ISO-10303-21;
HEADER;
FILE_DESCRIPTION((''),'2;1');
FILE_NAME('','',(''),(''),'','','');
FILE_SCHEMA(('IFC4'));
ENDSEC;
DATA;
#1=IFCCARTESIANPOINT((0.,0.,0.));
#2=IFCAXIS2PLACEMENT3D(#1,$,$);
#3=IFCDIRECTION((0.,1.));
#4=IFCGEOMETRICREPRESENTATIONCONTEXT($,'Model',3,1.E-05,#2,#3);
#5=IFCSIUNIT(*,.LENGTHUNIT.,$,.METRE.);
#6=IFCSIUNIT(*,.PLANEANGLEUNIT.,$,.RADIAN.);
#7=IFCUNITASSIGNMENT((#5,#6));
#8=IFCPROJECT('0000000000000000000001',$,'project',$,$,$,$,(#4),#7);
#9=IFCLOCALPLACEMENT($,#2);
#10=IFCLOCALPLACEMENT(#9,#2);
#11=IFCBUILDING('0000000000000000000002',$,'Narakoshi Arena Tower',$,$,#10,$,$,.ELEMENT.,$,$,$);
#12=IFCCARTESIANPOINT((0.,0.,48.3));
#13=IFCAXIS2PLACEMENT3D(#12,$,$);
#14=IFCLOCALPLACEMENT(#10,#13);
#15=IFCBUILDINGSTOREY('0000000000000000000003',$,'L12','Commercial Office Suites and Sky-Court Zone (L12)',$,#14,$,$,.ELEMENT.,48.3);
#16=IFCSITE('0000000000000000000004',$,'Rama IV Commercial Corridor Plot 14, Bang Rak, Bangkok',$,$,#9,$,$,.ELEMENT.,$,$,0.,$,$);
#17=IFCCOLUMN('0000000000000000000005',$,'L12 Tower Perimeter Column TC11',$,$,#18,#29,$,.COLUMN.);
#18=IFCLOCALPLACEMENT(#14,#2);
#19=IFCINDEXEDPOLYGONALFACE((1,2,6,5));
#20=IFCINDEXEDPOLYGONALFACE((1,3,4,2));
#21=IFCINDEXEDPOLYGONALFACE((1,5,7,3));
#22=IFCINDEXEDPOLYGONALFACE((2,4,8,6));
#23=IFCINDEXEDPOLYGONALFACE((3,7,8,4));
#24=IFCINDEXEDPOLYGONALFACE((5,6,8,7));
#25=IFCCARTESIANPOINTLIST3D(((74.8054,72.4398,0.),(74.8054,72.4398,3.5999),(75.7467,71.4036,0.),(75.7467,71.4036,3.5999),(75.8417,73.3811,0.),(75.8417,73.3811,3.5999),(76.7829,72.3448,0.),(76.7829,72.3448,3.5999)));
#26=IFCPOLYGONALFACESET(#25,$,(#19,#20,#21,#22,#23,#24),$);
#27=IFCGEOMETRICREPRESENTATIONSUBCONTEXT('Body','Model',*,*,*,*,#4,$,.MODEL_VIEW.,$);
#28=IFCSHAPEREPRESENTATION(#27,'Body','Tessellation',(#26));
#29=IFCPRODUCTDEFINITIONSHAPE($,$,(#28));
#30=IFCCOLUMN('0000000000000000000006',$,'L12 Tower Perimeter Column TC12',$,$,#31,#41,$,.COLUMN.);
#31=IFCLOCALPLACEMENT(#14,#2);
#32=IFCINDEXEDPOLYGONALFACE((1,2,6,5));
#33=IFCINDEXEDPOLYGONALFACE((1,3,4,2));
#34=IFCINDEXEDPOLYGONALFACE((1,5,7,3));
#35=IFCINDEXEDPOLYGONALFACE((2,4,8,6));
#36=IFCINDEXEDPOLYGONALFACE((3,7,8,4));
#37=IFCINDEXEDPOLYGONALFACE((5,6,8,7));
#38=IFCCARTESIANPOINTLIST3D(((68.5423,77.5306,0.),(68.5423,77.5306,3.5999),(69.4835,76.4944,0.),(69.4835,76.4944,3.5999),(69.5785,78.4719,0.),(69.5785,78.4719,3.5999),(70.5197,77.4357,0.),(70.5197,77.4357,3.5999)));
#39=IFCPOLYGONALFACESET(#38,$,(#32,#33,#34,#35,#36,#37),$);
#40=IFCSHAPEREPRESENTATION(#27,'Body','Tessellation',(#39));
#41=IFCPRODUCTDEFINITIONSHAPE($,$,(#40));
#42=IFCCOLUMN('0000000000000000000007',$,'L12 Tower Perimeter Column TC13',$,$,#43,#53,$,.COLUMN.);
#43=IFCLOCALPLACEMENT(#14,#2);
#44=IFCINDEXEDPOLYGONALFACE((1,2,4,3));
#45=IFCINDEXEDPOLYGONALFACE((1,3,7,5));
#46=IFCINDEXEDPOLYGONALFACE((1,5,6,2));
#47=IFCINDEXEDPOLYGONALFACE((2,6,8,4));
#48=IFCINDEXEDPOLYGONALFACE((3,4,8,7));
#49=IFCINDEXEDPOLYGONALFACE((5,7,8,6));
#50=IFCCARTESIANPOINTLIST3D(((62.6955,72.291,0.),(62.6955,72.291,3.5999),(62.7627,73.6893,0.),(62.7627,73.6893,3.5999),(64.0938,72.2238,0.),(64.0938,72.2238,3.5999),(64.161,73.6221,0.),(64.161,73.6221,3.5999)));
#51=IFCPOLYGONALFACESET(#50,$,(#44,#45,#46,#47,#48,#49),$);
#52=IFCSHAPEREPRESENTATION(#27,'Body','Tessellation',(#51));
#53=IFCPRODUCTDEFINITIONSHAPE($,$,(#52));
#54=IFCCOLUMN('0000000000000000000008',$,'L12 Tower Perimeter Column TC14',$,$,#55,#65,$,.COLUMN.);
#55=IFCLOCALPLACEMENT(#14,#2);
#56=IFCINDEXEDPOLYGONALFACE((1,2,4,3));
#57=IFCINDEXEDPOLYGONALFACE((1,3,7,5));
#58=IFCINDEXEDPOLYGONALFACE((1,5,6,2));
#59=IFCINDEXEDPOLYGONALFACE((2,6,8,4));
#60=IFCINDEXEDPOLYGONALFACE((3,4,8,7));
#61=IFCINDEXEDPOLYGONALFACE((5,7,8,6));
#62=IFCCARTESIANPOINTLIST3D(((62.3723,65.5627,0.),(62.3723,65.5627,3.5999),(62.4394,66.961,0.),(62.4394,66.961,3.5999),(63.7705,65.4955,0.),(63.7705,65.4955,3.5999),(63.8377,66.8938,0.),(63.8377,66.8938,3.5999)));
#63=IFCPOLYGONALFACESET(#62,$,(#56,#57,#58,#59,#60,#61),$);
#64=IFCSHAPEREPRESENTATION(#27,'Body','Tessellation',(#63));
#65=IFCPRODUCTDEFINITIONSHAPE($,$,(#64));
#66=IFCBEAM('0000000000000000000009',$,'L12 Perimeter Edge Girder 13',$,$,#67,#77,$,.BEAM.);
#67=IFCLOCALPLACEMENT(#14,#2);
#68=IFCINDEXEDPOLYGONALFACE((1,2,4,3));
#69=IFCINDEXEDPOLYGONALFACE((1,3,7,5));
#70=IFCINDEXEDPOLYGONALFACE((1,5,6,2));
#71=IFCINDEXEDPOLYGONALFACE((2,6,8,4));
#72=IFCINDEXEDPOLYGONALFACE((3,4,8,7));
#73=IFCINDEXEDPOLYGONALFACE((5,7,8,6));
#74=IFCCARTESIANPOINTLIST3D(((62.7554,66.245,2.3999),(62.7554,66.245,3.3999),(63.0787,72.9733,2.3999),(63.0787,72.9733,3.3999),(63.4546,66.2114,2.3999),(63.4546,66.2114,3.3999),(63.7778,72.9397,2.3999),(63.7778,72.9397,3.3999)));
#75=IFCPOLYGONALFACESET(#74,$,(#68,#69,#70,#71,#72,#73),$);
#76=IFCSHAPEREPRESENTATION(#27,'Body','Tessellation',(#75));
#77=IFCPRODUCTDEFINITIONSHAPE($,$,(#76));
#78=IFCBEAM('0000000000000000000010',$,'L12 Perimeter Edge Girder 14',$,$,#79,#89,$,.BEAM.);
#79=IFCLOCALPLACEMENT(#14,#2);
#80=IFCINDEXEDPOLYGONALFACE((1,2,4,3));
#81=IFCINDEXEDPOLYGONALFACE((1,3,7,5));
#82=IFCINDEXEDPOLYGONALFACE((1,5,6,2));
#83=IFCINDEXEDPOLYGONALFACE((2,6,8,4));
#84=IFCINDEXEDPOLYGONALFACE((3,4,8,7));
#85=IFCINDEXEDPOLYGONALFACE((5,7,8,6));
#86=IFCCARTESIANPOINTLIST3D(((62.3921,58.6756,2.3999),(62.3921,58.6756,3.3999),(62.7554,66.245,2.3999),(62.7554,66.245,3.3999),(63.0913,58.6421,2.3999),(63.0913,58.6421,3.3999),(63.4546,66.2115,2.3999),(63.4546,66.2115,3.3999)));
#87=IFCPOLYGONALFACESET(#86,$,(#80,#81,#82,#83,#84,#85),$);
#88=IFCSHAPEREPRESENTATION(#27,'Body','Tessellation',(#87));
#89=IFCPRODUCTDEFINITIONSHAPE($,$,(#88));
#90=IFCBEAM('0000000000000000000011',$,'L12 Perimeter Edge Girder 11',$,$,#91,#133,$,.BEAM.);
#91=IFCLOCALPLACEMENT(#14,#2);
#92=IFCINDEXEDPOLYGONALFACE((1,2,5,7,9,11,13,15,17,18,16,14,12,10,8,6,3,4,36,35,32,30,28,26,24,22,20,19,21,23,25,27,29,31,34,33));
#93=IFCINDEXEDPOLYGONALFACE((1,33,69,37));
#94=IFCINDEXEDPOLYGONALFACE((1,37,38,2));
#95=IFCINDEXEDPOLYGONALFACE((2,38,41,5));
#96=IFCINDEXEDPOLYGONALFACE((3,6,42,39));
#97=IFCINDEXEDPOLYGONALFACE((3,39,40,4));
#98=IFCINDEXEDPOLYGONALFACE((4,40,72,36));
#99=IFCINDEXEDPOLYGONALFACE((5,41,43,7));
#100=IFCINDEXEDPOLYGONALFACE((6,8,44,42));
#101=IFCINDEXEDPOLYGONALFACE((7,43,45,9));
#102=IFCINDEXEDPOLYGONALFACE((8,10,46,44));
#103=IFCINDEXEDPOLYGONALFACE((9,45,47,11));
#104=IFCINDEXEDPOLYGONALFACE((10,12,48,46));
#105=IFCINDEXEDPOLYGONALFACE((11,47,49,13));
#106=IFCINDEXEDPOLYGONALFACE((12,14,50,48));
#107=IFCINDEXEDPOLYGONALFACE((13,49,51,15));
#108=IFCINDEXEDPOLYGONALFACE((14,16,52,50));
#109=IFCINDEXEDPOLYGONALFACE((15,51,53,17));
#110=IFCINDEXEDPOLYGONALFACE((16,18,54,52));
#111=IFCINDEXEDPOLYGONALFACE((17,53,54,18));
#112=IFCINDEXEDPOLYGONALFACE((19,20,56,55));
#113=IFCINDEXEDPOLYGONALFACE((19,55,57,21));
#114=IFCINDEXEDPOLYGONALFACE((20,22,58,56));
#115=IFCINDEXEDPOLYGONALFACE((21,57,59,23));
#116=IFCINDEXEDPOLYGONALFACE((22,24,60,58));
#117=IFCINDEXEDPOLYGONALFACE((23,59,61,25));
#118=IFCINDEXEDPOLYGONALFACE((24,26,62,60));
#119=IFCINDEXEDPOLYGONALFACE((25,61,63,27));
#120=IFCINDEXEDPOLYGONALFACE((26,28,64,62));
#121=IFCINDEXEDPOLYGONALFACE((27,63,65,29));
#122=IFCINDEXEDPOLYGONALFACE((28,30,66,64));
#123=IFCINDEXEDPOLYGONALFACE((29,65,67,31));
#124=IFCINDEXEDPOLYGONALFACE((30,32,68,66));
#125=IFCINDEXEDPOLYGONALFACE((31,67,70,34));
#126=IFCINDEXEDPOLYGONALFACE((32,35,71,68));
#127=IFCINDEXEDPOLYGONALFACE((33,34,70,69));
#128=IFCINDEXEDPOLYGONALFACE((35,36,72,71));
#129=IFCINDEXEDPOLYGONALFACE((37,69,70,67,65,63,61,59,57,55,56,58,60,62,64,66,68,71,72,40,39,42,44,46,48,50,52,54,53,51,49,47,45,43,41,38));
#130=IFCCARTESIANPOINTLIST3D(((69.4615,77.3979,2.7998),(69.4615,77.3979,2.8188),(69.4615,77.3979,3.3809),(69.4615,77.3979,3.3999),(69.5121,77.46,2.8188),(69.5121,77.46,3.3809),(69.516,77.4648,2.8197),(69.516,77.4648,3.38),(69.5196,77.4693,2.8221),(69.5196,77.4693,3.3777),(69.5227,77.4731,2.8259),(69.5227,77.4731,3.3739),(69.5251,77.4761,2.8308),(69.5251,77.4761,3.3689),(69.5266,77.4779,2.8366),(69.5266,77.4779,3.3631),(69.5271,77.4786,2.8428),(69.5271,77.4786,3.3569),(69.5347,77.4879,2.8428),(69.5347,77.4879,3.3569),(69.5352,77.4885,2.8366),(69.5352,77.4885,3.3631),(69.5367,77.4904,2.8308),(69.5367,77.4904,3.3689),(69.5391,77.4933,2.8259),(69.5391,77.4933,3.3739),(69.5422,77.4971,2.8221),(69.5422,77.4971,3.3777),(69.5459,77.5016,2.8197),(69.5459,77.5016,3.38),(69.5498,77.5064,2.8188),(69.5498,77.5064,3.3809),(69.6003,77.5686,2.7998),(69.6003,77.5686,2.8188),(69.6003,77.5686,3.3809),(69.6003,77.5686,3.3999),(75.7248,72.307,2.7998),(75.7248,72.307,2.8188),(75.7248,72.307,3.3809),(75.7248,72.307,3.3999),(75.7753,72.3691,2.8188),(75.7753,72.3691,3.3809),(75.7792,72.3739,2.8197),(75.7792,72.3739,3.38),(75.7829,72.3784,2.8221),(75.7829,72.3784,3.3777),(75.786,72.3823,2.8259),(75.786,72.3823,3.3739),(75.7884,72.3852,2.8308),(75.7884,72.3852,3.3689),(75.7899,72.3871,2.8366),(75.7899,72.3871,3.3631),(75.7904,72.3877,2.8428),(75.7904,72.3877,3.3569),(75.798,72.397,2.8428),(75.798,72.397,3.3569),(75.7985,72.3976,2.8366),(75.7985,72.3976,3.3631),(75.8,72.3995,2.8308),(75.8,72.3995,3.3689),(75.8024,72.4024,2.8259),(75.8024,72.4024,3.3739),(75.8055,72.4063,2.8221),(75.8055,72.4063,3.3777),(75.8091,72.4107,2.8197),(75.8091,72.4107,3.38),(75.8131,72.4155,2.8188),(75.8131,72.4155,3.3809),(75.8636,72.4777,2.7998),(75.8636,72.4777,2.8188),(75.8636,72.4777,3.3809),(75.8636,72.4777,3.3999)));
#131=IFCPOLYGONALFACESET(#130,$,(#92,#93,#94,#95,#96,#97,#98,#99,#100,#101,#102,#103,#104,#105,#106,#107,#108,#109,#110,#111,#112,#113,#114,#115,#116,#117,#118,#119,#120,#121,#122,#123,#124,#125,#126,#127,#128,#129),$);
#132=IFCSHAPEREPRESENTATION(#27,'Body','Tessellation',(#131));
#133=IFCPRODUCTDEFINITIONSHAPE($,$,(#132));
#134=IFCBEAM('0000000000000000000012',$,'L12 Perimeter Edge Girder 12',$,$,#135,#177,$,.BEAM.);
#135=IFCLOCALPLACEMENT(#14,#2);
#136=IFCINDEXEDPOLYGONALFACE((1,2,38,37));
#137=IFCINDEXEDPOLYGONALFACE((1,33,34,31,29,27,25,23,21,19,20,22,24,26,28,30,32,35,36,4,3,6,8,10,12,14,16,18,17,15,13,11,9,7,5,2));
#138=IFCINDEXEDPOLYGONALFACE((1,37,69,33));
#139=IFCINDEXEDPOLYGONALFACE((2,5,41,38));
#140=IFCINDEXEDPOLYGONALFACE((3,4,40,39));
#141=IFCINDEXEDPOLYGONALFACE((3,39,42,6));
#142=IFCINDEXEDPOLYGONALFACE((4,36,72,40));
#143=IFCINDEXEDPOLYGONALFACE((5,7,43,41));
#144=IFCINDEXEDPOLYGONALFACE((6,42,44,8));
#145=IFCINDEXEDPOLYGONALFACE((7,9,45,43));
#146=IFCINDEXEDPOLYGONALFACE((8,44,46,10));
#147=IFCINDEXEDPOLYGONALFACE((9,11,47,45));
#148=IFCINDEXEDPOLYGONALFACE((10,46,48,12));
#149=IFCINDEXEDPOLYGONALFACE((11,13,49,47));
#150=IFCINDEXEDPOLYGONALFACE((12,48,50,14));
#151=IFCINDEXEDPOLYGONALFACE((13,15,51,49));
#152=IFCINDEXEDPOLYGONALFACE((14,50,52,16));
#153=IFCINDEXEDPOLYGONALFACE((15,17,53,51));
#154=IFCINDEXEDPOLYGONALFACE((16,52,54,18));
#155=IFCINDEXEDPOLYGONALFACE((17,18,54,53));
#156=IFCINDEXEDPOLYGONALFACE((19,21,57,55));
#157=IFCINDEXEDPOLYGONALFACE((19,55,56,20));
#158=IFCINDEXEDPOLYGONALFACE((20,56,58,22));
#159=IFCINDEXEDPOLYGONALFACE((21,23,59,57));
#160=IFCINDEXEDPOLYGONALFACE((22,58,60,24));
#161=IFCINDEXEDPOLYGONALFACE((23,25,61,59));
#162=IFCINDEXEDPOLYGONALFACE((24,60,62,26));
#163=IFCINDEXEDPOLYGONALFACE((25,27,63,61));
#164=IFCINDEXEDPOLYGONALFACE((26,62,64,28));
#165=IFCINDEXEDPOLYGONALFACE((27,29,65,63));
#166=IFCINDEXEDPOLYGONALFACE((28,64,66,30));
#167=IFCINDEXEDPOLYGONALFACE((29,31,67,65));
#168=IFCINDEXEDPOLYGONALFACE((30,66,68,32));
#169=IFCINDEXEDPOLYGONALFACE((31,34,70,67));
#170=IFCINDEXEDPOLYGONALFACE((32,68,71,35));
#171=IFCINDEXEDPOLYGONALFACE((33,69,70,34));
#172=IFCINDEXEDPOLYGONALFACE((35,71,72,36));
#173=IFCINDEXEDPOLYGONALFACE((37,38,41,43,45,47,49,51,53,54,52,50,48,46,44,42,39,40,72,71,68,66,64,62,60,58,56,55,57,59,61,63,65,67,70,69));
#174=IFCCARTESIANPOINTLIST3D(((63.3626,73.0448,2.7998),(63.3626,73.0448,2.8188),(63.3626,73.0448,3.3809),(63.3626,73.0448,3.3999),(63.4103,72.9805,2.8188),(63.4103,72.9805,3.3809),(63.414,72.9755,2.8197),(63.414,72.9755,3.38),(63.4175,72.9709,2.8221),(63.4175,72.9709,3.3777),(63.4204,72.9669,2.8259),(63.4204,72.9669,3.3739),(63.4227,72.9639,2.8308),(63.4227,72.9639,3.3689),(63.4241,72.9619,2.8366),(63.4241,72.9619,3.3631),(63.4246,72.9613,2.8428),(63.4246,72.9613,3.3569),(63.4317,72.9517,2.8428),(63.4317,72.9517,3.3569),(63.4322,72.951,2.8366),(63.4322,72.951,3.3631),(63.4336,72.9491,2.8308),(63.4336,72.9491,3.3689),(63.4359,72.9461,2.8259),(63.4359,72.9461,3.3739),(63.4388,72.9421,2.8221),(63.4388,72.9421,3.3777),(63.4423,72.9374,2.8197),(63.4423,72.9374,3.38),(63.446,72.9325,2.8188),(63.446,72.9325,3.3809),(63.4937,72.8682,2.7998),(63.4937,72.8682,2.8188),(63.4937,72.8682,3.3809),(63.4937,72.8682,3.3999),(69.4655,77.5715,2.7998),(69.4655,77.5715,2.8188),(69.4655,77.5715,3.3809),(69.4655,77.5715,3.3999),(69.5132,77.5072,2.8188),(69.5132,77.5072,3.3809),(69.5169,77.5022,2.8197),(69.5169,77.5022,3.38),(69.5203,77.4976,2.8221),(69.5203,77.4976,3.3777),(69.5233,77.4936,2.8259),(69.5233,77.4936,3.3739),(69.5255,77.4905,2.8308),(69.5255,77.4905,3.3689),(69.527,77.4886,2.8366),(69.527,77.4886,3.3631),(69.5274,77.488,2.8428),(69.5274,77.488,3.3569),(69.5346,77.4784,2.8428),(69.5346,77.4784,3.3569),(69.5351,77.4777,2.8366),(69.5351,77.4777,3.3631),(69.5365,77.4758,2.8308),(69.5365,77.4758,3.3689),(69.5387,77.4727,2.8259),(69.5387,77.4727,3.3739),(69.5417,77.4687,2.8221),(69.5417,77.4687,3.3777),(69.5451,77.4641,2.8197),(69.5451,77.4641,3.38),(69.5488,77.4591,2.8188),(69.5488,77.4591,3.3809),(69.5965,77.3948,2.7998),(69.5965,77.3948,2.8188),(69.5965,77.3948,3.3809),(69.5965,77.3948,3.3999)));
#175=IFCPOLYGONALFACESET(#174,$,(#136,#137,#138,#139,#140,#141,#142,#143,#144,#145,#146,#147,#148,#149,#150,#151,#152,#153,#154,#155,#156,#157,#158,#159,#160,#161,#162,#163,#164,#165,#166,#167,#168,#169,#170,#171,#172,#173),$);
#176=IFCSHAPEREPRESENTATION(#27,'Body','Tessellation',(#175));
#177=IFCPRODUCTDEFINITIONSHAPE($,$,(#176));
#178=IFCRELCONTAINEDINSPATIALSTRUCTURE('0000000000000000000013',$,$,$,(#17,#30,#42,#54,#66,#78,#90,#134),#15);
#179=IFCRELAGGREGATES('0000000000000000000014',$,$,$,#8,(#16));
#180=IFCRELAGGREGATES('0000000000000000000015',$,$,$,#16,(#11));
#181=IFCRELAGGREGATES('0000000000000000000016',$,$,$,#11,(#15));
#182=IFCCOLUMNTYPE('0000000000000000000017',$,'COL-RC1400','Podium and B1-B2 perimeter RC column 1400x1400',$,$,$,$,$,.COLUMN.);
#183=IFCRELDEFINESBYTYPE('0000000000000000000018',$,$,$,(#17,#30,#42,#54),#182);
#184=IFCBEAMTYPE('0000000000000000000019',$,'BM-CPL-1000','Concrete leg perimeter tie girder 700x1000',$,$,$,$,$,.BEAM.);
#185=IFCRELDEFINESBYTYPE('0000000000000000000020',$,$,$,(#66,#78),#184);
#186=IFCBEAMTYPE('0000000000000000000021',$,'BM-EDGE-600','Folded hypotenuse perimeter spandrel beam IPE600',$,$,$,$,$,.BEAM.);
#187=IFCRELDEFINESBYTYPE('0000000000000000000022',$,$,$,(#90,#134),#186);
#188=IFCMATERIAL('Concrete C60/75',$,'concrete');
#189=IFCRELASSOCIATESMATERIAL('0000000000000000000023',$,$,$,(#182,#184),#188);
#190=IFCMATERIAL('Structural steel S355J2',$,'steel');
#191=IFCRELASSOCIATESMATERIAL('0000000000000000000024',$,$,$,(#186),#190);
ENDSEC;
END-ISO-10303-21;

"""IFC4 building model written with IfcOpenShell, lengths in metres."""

from ifc_helpers import new_model, si_unit, direction, frame, origin, origin_2d, place, context, subcontext, project, spatial, rectangle, i_section, extrude, material, material_profile, profile_set, type_object, element, save


model = new_model("IFC4")

# Units and contexts
model_context = context("Model", 3, precision=1e-05, world=origin(), true_north=direction((0.0, 1.0)))
body_context = subcontext(model_context, "Body", "Model", "MODEL_VIEW")
ifc_project = project(units=[si_unit("LENGTHUNIT", "METRE"), si_unit("PLANEANGLEUNIT", "RADIAN")], contexts=[model_context])

# Site, building, storey
site_placement = place(None, origin())
site = spatial("IfcSite", under=ifc_project, at=site_placement, Name="Rama IV Commercial Corridor Plot 14, Bang Rak, Bangkok", CompositionType="ELEMENT", RefElevation=0.0)
building_placement = place(site_placement, origin())
building = spatial("IfcBuilding", under=site, at=building_placement, Name="Narakoshi Arena Tower", CompositionType="ELEMENT")
storey_placement = place(building_placement, frame((0.0, 0.0, 48.3)))
storey = spatial("IfcBuildingStorey", under=building, at=storey_placement, Name="L12", Description="Commercial Office Suites and Sky-Court Zone (L12)", CompositionType="ELEMENT", Elevation=48.3)

# Columns
ifc_material_1 = material(Name="Concrete C60/75", Category="concrete")
ifc_material_profile_1 = material_profile(ifc_material_1, rectangle(XDim=1.3999, YDim=1.3999, at=origin_2d()), Name="RC1400x1400")
ifc_profile_set_1 = profile_set([ifc_material_profile_1], Name="Concrete C60/75")
column_type = type_object("IfcColumnType", Name="COL-RC1400", Description="Podium and B1-B2 perimeter RC column 1400x1400", PredefinedType="COLUMN", material=ifc_profile_set_1)
for number, where, z_axis, x_axis, name in (
    (1, (75.7942, 72.3923, 0.0), (0.0, 0.0, 1.0), (0.740218, 0.672367, 0.0), "L12 Tower Perimeter Column TC11"),
    (2, (69.531, 77.4832, 0.0), (0.0, 0.0, 1.0), (0.740218, 0.672367, 0.0), "L12 Tower Perimeter Column TC12"),
    (3, (63.4282, 72.9565, 0.0), (0.0, 0.0, 1.0), (0.047978, 0.998848, 0.0), "L12 Tower Perimeter Column TC13"),
    (4, (63.105, 66.2283, 0.0), (0.0, 0.0, 1.0), (0.047978, 0.998848, 0.0), "L12 Tower Perimeter Column TC14"),
):
    element("IfcColumn", number, at=place(storey_placement, frame(where, z_axis=z_axis, x_axis=x_axis)), inside=storey, type_object=column_type, Name=name, PredefinedType="COLUMN", context=body_context, shape_type="SweptSolid", body=[
        extrude(rectangle(XDim=1.3999, YDim=1.3999, at=origin_2d()), origin(), (0.0, 0.0, 1.0), 3.5999),
    ])

# Beams
ifc_material_profile_2 = material_profile(ifc_material_1, rectangle(XDim=0.7, YDim=1.0, at=origin_2d()), Name="RCB700x1000")
ifc_profile_set_2 = profile_set([ifc_material_profile_2], Name="Concrete C60/75")
beam_type_1 = type_object("IfcBeamType", Name="BM-CPL-1000", Description="Concrete leg perimeter tie girder 700x1000", PredefinedType="BEAM", material=ifc_profile_set_2)
beam_1_placement = place(storey_placement, frame((63.4282, 72.9565, 2.8999), z_axis=(-0.047987, -0.998848, 0.0), x_axis=(0.998848, -0.047987, 0.0)))
element("IfcBeam", 5, at=beam_1_placement, inside=storey, type_object=beam_type_1, Name="L12 Perimeter Edge Girder 13", PredefinedType="BEAM", context=body_context, shape_type="SweptSolid", body=[
    extrude(rectangle(XDim=0.7, YDim=1.0, at=origin_2d()), origin(), (0.0, 0.0, 1.0), 6.7361),
])
beam_2_placement = place(storey_placement, frame((63.105, 66.2283, 2.8999), z_axis=(-0.047939, -0.99885, 0.0), x_axis=(0.99885, -0.047939, 0.0)))
element("IfcBeam", 6, at=beam_2_placement, inside=storey, type_object=beam_type_1, Name="L12 Perimeter Edge Girder 14", PredefinedType="BEAM", context=body_context, shape_type="SweptSolid", body=[
    extrude(rectangle(XDim=0.7, YDim=1.0, at=origin_2d()), origin(), (0.0, 0.0, 1.0), 7.5781),
])
ifc_material_2 = material(Name="Structural steel S355J2", Category="steel")
ifc_material_profile_3 = material_profile(ifc_material_2, i_section(OverallWidth=0.22, OverallDepth=0.6001, WebThickness=0.012, FlangeThickness=0.019, FilletRadius=0.0239, at=origin_2d()), Name="IPE600")
ifc_profile_set_3 = profile_set([ifc_material_profile_3], Name="Structural steel S355J2")
beam_type_2 = type_object("IfcBeamType", Name="BM-EDGE-600", Description="Folded hypotenuse perimeter spandrel beam IPE600", PredefinedType="BEAM", material=ifc_profile_set_3)
beam_3_placement = place(storey_placement, frame((75.7942, 72.3923, 3.0999), z_axis=(-0.775994, 0.630741, 0.0), x_axis=(-0.630741, -0.775994, 0.0)))
element("IfcBeam", 7, at=beam_3_placement, inside=storey, type_object=beam_type_2, Name="L12 Perimeter Edge Girder 11", PredefinedType="BEAM", context=body_context, shape_type="SweptSolid", body=[
    extrude(i_section(OverallWidth=0.22, OverallDepth=0.6001, WebThickness=0.012, FlangeThickness=0.019, FilletRadius=0.0239, at=origin_2d()), origin(), (0.0, 0.0, 1.0), 8.0713),
])
beam_4_placement = place(storey_placement, frame((69.531, 77.4832, 3.0999), z_axis=(-0.803177, -0.59574, 0.0), x_axis=(0.59574, -0.803177, 0.0)))
element("IfcBeam", 8, at=beam_4_placement, inside=storey, type_object=beam_type_2, Name="L12 Perimeter Edge Girder 12", PredefinedType="BEAM", context=body_context, shape_type="SweptSolid", body=[
    extrude(i_section(OverallWidth=0.22, OverallDepth=0.6001, WebThickness=0.012, FlangeThickness=0.019, FilletRadius=0.0239, at=origin_2d()), origin(), (0.0, 0.0, 1.0), 7.5984),
])

save(model, "model.ifc")
